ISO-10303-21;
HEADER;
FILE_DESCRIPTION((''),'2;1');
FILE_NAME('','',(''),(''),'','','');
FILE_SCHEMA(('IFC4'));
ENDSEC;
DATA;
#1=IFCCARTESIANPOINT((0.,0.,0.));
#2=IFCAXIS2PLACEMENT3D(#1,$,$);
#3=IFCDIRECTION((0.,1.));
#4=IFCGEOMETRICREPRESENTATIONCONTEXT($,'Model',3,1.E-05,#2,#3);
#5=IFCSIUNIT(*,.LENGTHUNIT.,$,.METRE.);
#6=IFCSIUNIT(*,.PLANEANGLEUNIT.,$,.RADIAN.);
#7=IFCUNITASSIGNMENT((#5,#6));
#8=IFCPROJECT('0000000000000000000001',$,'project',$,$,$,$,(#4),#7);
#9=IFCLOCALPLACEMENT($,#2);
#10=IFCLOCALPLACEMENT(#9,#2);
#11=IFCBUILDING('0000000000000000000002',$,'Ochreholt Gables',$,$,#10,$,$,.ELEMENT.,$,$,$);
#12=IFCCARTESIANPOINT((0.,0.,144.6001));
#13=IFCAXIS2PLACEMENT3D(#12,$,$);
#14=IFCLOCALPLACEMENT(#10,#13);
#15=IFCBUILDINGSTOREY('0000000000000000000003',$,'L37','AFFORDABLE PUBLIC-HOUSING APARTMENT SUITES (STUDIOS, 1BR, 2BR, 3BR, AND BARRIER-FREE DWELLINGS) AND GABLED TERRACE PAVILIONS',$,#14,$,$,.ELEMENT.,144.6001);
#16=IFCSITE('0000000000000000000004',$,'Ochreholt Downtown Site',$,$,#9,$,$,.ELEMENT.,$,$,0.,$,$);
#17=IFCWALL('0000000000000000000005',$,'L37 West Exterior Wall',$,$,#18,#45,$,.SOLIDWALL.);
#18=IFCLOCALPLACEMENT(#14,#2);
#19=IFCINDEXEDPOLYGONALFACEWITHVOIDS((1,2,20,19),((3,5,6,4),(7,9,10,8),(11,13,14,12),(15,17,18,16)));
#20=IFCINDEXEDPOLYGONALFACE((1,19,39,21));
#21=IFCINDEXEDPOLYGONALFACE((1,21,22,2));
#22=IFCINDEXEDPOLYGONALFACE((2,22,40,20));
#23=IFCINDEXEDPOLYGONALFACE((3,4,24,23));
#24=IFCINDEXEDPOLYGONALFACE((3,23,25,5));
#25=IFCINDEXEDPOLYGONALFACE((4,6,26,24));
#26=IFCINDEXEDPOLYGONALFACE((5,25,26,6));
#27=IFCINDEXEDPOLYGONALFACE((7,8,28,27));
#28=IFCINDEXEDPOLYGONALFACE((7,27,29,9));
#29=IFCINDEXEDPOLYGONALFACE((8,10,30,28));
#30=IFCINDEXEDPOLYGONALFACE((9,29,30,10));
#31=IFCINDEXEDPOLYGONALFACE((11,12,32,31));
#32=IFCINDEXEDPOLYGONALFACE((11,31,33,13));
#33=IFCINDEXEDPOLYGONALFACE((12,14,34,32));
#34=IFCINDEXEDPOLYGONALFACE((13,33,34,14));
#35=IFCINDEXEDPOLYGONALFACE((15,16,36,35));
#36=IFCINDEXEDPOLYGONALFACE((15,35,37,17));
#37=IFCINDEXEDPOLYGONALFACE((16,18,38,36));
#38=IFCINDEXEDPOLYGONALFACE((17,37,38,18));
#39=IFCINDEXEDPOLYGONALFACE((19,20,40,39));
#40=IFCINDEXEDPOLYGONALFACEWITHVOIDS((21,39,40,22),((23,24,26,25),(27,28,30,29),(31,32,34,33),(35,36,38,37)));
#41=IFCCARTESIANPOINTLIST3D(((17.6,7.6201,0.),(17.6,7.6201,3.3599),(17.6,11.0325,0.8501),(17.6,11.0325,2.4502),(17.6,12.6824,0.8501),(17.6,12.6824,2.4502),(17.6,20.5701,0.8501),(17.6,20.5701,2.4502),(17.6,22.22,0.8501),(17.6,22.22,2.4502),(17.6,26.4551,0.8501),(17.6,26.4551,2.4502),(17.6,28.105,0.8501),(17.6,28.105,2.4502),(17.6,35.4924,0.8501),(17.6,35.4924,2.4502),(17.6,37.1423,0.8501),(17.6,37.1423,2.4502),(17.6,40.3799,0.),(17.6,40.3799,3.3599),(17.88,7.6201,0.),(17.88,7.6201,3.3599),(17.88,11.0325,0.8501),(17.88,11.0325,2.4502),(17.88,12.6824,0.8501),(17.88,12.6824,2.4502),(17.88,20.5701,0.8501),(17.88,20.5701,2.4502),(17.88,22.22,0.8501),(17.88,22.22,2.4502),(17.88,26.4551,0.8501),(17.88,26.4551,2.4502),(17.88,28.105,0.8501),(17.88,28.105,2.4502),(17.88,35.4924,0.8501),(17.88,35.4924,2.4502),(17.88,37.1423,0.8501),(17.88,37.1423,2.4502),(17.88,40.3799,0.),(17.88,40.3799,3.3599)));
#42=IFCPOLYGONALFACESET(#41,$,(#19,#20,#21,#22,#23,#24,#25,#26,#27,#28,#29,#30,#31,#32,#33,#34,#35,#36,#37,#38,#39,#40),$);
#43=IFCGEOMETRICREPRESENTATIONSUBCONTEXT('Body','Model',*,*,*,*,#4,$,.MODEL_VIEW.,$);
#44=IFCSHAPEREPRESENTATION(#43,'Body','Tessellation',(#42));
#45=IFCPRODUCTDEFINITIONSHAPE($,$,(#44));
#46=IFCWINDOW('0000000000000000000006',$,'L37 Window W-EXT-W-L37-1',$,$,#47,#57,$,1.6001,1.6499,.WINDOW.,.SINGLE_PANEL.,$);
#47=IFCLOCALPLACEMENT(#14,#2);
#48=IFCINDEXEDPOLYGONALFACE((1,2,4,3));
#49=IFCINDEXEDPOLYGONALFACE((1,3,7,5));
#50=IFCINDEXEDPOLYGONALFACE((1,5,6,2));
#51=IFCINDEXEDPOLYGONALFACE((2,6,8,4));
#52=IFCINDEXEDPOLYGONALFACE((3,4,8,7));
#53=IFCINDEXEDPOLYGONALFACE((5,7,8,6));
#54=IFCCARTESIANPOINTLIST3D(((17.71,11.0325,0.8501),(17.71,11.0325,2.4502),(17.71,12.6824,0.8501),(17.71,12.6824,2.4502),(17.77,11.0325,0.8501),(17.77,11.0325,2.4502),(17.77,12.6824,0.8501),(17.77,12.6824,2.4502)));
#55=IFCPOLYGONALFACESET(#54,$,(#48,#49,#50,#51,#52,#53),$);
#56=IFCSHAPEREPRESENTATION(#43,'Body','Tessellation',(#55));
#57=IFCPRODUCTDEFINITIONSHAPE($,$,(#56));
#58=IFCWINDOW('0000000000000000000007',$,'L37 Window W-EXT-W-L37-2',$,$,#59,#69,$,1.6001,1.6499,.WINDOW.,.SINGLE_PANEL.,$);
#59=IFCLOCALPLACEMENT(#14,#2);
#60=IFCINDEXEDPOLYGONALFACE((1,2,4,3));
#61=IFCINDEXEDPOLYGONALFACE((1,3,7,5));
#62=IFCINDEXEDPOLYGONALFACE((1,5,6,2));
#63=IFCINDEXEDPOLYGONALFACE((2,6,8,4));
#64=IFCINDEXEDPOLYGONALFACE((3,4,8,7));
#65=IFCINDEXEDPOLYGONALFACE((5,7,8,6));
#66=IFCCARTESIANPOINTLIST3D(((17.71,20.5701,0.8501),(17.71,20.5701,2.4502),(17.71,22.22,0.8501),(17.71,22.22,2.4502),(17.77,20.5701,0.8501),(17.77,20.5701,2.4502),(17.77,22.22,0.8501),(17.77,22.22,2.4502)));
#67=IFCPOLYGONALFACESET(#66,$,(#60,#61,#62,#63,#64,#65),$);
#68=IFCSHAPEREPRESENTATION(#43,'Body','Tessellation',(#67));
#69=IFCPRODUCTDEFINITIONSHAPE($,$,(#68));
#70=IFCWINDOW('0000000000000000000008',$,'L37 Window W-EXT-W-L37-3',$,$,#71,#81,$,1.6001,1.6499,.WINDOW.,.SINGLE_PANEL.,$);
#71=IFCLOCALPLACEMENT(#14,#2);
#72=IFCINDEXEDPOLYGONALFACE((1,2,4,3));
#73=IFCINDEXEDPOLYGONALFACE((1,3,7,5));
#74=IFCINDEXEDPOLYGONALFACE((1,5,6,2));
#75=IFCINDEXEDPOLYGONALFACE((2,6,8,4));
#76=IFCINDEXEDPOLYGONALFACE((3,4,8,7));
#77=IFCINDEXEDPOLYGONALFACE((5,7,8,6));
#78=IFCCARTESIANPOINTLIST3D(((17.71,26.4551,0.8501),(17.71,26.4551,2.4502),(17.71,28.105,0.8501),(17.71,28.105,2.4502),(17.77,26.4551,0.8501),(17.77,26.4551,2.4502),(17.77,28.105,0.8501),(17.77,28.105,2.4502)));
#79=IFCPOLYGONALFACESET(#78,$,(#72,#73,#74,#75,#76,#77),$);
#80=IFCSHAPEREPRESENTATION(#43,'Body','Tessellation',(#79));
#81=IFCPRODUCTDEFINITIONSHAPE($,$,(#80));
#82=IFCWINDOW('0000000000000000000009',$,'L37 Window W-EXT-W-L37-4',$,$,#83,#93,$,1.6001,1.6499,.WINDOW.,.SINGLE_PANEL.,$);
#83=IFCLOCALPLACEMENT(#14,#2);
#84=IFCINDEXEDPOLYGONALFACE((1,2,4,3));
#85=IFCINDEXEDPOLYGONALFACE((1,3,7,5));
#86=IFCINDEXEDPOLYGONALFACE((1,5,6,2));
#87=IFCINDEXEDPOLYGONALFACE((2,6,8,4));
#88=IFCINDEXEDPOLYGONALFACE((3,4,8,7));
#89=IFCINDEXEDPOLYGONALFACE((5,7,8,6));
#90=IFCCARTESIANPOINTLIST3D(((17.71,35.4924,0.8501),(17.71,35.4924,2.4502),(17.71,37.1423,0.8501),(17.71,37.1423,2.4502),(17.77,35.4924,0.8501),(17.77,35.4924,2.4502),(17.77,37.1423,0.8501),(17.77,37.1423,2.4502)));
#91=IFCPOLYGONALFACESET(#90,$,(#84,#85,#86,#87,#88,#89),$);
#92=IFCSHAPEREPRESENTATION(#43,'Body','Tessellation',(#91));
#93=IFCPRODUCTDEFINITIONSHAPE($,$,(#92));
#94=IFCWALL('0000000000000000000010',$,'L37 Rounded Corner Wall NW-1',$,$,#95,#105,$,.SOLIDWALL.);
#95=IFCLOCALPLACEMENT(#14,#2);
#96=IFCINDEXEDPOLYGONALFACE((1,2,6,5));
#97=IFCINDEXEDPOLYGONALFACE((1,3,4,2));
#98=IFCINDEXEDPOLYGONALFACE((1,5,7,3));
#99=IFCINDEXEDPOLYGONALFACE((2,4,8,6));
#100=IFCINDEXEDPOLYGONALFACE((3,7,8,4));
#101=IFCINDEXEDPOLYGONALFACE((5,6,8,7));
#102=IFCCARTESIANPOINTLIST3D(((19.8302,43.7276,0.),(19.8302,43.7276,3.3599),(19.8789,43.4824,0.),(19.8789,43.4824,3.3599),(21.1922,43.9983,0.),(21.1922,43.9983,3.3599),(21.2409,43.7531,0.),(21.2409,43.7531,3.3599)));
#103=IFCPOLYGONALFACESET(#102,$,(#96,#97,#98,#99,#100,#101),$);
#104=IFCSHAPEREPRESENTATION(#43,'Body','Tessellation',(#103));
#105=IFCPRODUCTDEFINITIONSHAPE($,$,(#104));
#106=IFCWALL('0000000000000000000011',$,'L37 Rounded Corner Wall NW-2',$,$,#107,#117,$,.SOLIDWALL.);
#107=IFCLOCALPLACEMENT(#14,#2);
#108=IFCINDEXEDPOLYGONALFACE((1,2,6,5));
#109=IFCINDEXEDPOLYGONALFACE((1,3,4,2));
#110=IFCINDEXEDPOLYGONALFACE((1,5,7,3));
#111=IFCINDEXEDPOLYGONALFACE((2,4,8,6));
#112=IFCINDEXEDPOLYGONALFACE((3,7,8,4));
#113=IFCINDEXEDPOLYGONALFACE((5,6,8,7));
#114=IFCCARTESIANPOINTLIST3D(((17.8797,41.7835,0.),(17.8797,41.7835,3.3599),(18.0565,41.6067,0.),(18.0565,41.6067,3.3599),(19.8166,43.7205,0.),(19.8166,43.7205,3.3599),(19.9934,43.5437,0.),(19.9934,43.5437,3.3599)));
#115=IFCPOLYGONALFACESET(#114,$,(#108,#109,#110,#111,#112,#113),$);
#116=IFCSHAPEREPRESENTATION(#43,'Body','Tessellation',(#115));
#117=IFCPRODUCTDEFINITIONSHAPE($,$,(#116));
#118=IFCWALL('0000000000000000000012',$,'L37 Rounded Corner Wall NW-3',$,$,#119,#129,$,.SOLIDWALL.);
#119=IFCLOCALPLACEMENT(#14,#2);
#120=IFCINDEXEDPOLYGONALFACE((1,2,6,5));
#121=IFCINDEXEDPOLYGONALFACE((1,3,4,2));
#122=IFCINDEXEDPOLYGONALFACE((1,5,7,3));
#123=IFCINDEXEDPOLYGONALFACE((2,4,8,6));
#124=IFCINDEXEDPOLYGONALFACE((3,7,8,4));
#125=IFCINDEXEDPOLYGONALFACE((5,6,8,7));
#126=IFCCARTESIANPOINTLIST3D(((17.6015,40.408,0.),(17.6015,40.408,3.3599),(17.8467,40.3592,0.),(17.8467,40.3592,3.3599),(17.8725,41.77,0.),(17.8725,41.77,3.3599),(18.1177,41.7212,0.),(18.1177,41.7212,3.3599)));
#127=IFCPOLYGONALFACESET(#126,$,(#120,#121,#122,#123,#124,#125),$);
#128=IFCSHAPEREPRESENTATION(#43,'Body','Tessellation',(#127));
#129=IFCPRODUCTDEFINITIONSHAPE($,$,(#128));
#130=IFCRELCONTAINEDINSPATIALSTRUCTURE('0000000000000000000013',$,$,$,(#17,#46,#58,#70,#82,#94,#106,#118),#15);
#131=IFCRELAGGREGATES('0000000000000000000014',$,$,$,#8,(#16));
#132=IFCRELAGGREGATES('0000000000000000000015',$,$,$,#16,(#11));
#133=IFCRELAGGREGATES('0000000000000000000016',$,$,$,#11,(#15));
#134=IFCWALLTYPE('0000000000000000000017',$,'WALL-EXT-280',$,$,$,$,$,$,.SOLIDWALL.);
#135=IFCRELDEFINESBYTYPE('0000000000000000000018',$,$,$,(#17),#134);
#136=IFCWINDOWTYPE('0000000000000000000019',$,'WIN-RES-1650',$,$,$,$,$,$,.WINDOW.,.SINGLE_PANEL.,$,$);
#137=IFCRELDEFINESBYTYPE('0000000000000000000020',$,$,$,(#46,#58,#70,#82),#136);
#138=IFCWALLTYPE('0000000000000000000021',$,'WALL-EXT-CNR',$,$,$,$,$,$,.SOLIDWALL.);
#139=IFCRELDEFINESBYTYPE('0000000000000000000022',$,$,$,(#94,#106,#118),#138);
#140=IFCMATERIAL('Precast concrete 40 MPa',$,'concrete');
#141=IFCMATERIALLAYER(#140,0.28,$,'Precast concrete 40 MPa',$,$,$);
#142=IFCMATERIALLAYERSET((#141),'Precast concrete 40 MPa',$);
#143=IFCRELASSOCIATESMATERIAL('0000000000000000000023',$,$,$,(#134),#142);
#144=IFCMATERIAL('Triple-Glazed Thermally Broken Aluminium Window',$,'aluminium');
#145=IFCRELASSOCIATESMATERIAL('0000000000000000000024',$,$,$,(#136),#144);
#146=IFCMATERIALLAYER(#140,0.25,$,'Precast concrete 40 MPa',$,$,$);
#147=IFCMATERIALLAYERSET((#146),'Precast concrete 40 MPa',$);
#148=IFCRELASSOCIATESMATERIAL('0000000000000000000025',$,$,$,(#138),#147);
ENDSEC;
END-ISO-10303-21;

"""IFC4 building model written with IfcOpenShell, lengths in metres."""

from ifc_helpers import new_model, si_unit, direction, frame, frame_2d, origin, place, context, subcontext, project, spatial, rectangle, extrude, material, layer, layer_set, type_object, element, fill, save


model = new_model("IFC4")

# Units and contexts
model_context = context("Model", 3, precision=1e-05, world=origin(), true_north=direction((0.0, 1.0)))
body_context = subcontext(model_context, "Body", "Model", "MODEL_VIEW")
ifc_project = project(units=[si_unit("LENGTHUNIT", "METRE"), si_unit("PLANEANGLEUNIT", "RADIAN")], contexts=[model_context])

# Site, building, storey
site_placement = place(None, origin())
site = spatial("IfcSite", under=ifc_project, at=site_placement, Name="Ochreholt Downtown Site", CompositionType="ELEMENT", RefElevation=0.0)
building_placement = place(site_placement, origin())
building = spatial("IfcBuilding", under=site, at=building_placement, Name="Ochreholt Gables", CompositionType="ELEMENT")
storey_placement = place(building_placement, frame((0.0, 0.0, 144.6001)))
storey = spatial("IfcBuildingStorey", under=building, at=storey_placement, Name="L37", Description="AFFORDABLE PUBLIC-HOUSING APARTMENT SUITES (STUDIOS, 1BR, 2BR, 3BR, AND BARRIER-FREE DWELLINGS) AND GABLED TERRACE PAVILIONS", CompositionType="ELEMENT", Elevation=144.6001)

# Wall, openings, windows
ifc_material_1 = material(Name="Precast concrete 40 MPa", Category="concrete")
ifc_layer_1 = layer(ifc_material_1, 0.28, Name="Precast concrete 40 MPa")
ifc_layer_set_1 = layer_set([ifc_layer_1], Name="Precast concrete 40 MPa")
wall_type_1 = type_object("IfcWallType", Name="WALL-EXT-280", PredefinedType="SOLIDWALL", material=ifc_layer_set_1)
wall_1_placement = place(storey_placement, frame((17.74, 40.3799, 0.0), z_axis=(0.0, 0.0, 1.0), x_axis=(0.0, -1.0, 0.0)))
wall_1 = element("IfcWall", 1, at=wall_1_placement, inside=storey, type_object=wall_type_1, Name="L37 West Exterior Wall", PredefinedType="SOLIDWALL", context=body_context, shape_type="SweptSolid", body=[
    extrude(rectangle(XDim=32.7598, YDim=0.28, at=frame_2d((16.3799, 0.0))), origin(), (0.0, 0.0, 1.0), 3.3599),
])
opening_1_placement = place(wall_1_placement, frame((27.6975, 0.0, 0.8501)))
opening_1 = element("IfcOpeningElement", 2, at=opening_1_placement, cuts=wall_1, PredefinedType="OPENING", context=body_context, shape_type="SweptSolid", body=[
    extrude(rectangle(XDim=1.6499, YDim=1.6001, at=frame_2d((0.825, 0.8))), frame((0.0, 0.1499, 0.0), z_axis=(0.0, -1.0, 0.0), x_axis=(1.0, 0.0, 0.0)), (0.0, 0.0, 1.0), 0.3),
])
opening_2_placement = place(wall_1_placement, frame((18.1599, 0.0, 0.8501)))
opening_2 = element("IfcOpeningElement", 3, at=opening_2_placement, cuts=wall_1, PredefinedType="OPENING", context=body_context, shape_type="SweptSolid", body=[
    extrude(rectangle(XDim=1.6499, YDim=1.6001, at=frame_2d((0.825, 0.8))), frame((0.0, 0.1499, 0.0), z_axis=(0.0, -1.0, 0.0), x_axis=(1.0, 0.0, 0.0)), (0.0, 0.0, 1.0), 0.3),
])
opening_3_placement = place(wall_1_placement, frame((12.2749, 0.0, 0.8501)))
opening_3 = element("IfcOpeningElement", 4, at=opening_3_placement, cuts=wall_1, PredefinedType="OPENING", context=body_context, shape_type="SweptSolid", body=[
    extrude(rectangle(XDim=1.6499, YDim=1.6001, at=frame_2d((0.825, 0.8))), frame((0.0, 0.1499, 0.0), z_axis=(0.0, -1.0, 0.0), x_axis=(1.0, 0.0, 0.0)), (0.0, 0.0, 1.0), 0.3),
])
opening_4_placement = place(wall_1_placement, frame((3.2375, 0.0, 0.8501)))
opening_4 = element("IfcOpeningElement", 5, at=opening_4_placement, cuts=wall_1, PredefinedType="OPENING", context=body_context, shape_type="SweptSolid", body=[
    extrude(rectangle(XDim=1.6499, YDim=1.6001, at=frame_2d((0.825, 0.8))), frame((0.0, 0.1499, 0.0), z_axis=(0.0, -1.0, 0.0), x_axis=(1.0, 0.0, 0.0)), (0.0, 0.0, 1.0), 0.3),
])
ifc_material_2 = material(Name="Triple-Glazed Thermally Broken Aluminium Window", Category="aluminium")
window_type = type_object("IfcWindowType", Name="WIN-RES-1650", PartitioningType="SINGLE_PANEL", PredefinedType="WINDOW", material=ifc_material_2)
window_1_placement = place(opening_1_placement, origin())
window_1 = element("IfcWindow", 6, at=window_1_placement, inside=storey, type_object=window_type, Name="L37 Window W-EXT-W-L37-1", OverallHeight=1.6001, OverallWidth=1.6499, PartitioningType="SINGLE_PANEL", PredefinedType="WINDOW", context=body_context, shape_type="SweptSolid", body=[
    extrude(rectangle(XDim=1.6499, YDim=1.6001, at=frame_2d((0.825, 0.8))), frame((0.0, 0.03, 0.0), z_axis=(0.0, -1.0, 0.0), x_axis=(1.0, 0.0, 0.0)), (0.0, 0.0, 1.0), 0.0601),
])
fill(opening_1, window_1)
window_2_placement = place(opening_2_placement, origin())
window_2 = element("IfcWindow", 7, at=window_2_placement, inside=storey, type_object=window_type, Name="L37 Window W-EXT-W-L37-2", OverallHeight=1.6001, OverallWidth=1.6499, PartitioningType="SINGLE_PANEL", PredefinedType="WINDOW", context=body_context, shape_type="SweptSolid", body=[
    extrude(rectangle(XDim=1.6499, YDim=1.6001, at=frame_2d((0.825, 0.8))), frame((0.0, 0.03, 0.0), z_axis=(0.0, -1.0, 0.0), x_axis=(1.0, 0.0, 0.0)), (0.0, 0.0, 1.0), 0.0601),
])
fill(opening_2, window_2)
window_3_placement = place(opening_3_placement, origin())
window_3 = element("IfcWindow", 8, at=window_3_placement, inside=storey, type_object=window_type, Name="L37 Window W-EXT-W-L37-3", OverallHeight=1.6001, OverallWidth=1.6499, PartitioningType="SINGLE_PANEL", PredefinedType="WINDOW", context=body_context, shape_type="SweptSolid", body=[
    extrude(rectangle(XDim=1.6499, YDim=1.6001, at=frame_2d((0.825, 0.8))), frame((0.0, 0.03, 0.0), z_axis=(0.0, -1.0, 0.0), x_axis=(1.0, 0.0, 0.0)), (0.0, 0.0, 1.0), 0.0601),
])
fill(opening_3, window_3)
window_4_placement = place(opening_4_placement, origin())
window_4 = element("IfcWindow", 9, at=window_4_placement, inside=storey, type_object=window_type, Name="L37 Window W-EXT-W-L37-4", OverallHeight=1.6001, OverallWidth=1.6499, PartitioningType="SINGLE_PANEL", PredefinedType="WINDOW", context=body_context, shape_type="SweptSolid", body=[
    extrude(rectangle(XDim=1.6499, YDim=1.6001, at=frame_2d((0.825, 0.8))), frame((0.0, 0.03, 0.0), z_axis=(0.0, -1.0, 0.0), x_axis=(1.0, 0.0, 0.0)), (0.0, 0.0, 1.0), 0.0601),
])
fill(opening_4, window_4)

# Walls
ifc_layer_2 = layer(ifc_material_1, 0.25, Name="Precast concrete 40 MPa")
ifc_layer_set_2 = layer_set([ifc_layer_2], Name="Precast concrete 40 MPa")
wall_type_2 = type_object("IfcWallType", Name="WALL-EXT-CNR", PredefinedType="SOLIDWALL", material=ifc_layer_set_2)
wall_2_placement = place(storey_placement, frame((21.2166, 43.8757, 0.0), z_axis=(0.0, 0.0, 1.0), x_axis=(-0.98081, -0.194967, 0.0)))
element("IfcWall", 10, at=wall_2_placement, inside=storey, type_object=wall_type_2, Name="L37 Rounded Corner Wall NW-1", PredefinedType="SOLIDWALL", context=body_context, shape_type="SweptSolid", body=[
    extrude(rectangle(XDim=1.3887, YDim=0.25, at=frame_2d((0.6943, 0.0))), origin(), (0.0, 0.0, 1.0), 3.3599),
])
wall_3_placement = place(storey_placement, frame((19.905, 43.6321, 0.0), z_axis=(0.0, 0.0, 1.0), x_axis=(-0.707107, -0.707107, 0.0)))
element("IfcWall", 11, at=wall_3_placement, inside=storey, type_object=wall_type_2, Name="L37 Rounded Corner Wall NW-2", PredefinedType="SOLIDWALL", context=body_context, shape_type="SweptSolid", body=[
    extrude(rectangle(XDim=2.7393, YDim=0.25, at=frame_2d((1.3696, 0.0))), origin(), (0.0, 0.0, 1.0), 3.3599),
])
wall_4_placement = place(storey_placement, frame((17.9951, 41.7456, 0.0), z_axis=(0.0, 0.0, 1.0), x_axis=(-0.195136, -0.980776, 0.0)))
element("IfcWall", 12, at=wall_4_placement, inside=storey, type_object=wall_type_2, Name="L37 Rounded Corner Wall NW-3", PredefinedType="SOLIDWALL", context=body_context, shape_type="SweptSolid", body=[
    extrude(rectangle(XDim=1.3887, YDim=0.25, at=frame_2d((0.6943, 0.0))), origin(), (0.0, 0.0, 1.0), 3.3599),
])

save(model, "model.ifc")
